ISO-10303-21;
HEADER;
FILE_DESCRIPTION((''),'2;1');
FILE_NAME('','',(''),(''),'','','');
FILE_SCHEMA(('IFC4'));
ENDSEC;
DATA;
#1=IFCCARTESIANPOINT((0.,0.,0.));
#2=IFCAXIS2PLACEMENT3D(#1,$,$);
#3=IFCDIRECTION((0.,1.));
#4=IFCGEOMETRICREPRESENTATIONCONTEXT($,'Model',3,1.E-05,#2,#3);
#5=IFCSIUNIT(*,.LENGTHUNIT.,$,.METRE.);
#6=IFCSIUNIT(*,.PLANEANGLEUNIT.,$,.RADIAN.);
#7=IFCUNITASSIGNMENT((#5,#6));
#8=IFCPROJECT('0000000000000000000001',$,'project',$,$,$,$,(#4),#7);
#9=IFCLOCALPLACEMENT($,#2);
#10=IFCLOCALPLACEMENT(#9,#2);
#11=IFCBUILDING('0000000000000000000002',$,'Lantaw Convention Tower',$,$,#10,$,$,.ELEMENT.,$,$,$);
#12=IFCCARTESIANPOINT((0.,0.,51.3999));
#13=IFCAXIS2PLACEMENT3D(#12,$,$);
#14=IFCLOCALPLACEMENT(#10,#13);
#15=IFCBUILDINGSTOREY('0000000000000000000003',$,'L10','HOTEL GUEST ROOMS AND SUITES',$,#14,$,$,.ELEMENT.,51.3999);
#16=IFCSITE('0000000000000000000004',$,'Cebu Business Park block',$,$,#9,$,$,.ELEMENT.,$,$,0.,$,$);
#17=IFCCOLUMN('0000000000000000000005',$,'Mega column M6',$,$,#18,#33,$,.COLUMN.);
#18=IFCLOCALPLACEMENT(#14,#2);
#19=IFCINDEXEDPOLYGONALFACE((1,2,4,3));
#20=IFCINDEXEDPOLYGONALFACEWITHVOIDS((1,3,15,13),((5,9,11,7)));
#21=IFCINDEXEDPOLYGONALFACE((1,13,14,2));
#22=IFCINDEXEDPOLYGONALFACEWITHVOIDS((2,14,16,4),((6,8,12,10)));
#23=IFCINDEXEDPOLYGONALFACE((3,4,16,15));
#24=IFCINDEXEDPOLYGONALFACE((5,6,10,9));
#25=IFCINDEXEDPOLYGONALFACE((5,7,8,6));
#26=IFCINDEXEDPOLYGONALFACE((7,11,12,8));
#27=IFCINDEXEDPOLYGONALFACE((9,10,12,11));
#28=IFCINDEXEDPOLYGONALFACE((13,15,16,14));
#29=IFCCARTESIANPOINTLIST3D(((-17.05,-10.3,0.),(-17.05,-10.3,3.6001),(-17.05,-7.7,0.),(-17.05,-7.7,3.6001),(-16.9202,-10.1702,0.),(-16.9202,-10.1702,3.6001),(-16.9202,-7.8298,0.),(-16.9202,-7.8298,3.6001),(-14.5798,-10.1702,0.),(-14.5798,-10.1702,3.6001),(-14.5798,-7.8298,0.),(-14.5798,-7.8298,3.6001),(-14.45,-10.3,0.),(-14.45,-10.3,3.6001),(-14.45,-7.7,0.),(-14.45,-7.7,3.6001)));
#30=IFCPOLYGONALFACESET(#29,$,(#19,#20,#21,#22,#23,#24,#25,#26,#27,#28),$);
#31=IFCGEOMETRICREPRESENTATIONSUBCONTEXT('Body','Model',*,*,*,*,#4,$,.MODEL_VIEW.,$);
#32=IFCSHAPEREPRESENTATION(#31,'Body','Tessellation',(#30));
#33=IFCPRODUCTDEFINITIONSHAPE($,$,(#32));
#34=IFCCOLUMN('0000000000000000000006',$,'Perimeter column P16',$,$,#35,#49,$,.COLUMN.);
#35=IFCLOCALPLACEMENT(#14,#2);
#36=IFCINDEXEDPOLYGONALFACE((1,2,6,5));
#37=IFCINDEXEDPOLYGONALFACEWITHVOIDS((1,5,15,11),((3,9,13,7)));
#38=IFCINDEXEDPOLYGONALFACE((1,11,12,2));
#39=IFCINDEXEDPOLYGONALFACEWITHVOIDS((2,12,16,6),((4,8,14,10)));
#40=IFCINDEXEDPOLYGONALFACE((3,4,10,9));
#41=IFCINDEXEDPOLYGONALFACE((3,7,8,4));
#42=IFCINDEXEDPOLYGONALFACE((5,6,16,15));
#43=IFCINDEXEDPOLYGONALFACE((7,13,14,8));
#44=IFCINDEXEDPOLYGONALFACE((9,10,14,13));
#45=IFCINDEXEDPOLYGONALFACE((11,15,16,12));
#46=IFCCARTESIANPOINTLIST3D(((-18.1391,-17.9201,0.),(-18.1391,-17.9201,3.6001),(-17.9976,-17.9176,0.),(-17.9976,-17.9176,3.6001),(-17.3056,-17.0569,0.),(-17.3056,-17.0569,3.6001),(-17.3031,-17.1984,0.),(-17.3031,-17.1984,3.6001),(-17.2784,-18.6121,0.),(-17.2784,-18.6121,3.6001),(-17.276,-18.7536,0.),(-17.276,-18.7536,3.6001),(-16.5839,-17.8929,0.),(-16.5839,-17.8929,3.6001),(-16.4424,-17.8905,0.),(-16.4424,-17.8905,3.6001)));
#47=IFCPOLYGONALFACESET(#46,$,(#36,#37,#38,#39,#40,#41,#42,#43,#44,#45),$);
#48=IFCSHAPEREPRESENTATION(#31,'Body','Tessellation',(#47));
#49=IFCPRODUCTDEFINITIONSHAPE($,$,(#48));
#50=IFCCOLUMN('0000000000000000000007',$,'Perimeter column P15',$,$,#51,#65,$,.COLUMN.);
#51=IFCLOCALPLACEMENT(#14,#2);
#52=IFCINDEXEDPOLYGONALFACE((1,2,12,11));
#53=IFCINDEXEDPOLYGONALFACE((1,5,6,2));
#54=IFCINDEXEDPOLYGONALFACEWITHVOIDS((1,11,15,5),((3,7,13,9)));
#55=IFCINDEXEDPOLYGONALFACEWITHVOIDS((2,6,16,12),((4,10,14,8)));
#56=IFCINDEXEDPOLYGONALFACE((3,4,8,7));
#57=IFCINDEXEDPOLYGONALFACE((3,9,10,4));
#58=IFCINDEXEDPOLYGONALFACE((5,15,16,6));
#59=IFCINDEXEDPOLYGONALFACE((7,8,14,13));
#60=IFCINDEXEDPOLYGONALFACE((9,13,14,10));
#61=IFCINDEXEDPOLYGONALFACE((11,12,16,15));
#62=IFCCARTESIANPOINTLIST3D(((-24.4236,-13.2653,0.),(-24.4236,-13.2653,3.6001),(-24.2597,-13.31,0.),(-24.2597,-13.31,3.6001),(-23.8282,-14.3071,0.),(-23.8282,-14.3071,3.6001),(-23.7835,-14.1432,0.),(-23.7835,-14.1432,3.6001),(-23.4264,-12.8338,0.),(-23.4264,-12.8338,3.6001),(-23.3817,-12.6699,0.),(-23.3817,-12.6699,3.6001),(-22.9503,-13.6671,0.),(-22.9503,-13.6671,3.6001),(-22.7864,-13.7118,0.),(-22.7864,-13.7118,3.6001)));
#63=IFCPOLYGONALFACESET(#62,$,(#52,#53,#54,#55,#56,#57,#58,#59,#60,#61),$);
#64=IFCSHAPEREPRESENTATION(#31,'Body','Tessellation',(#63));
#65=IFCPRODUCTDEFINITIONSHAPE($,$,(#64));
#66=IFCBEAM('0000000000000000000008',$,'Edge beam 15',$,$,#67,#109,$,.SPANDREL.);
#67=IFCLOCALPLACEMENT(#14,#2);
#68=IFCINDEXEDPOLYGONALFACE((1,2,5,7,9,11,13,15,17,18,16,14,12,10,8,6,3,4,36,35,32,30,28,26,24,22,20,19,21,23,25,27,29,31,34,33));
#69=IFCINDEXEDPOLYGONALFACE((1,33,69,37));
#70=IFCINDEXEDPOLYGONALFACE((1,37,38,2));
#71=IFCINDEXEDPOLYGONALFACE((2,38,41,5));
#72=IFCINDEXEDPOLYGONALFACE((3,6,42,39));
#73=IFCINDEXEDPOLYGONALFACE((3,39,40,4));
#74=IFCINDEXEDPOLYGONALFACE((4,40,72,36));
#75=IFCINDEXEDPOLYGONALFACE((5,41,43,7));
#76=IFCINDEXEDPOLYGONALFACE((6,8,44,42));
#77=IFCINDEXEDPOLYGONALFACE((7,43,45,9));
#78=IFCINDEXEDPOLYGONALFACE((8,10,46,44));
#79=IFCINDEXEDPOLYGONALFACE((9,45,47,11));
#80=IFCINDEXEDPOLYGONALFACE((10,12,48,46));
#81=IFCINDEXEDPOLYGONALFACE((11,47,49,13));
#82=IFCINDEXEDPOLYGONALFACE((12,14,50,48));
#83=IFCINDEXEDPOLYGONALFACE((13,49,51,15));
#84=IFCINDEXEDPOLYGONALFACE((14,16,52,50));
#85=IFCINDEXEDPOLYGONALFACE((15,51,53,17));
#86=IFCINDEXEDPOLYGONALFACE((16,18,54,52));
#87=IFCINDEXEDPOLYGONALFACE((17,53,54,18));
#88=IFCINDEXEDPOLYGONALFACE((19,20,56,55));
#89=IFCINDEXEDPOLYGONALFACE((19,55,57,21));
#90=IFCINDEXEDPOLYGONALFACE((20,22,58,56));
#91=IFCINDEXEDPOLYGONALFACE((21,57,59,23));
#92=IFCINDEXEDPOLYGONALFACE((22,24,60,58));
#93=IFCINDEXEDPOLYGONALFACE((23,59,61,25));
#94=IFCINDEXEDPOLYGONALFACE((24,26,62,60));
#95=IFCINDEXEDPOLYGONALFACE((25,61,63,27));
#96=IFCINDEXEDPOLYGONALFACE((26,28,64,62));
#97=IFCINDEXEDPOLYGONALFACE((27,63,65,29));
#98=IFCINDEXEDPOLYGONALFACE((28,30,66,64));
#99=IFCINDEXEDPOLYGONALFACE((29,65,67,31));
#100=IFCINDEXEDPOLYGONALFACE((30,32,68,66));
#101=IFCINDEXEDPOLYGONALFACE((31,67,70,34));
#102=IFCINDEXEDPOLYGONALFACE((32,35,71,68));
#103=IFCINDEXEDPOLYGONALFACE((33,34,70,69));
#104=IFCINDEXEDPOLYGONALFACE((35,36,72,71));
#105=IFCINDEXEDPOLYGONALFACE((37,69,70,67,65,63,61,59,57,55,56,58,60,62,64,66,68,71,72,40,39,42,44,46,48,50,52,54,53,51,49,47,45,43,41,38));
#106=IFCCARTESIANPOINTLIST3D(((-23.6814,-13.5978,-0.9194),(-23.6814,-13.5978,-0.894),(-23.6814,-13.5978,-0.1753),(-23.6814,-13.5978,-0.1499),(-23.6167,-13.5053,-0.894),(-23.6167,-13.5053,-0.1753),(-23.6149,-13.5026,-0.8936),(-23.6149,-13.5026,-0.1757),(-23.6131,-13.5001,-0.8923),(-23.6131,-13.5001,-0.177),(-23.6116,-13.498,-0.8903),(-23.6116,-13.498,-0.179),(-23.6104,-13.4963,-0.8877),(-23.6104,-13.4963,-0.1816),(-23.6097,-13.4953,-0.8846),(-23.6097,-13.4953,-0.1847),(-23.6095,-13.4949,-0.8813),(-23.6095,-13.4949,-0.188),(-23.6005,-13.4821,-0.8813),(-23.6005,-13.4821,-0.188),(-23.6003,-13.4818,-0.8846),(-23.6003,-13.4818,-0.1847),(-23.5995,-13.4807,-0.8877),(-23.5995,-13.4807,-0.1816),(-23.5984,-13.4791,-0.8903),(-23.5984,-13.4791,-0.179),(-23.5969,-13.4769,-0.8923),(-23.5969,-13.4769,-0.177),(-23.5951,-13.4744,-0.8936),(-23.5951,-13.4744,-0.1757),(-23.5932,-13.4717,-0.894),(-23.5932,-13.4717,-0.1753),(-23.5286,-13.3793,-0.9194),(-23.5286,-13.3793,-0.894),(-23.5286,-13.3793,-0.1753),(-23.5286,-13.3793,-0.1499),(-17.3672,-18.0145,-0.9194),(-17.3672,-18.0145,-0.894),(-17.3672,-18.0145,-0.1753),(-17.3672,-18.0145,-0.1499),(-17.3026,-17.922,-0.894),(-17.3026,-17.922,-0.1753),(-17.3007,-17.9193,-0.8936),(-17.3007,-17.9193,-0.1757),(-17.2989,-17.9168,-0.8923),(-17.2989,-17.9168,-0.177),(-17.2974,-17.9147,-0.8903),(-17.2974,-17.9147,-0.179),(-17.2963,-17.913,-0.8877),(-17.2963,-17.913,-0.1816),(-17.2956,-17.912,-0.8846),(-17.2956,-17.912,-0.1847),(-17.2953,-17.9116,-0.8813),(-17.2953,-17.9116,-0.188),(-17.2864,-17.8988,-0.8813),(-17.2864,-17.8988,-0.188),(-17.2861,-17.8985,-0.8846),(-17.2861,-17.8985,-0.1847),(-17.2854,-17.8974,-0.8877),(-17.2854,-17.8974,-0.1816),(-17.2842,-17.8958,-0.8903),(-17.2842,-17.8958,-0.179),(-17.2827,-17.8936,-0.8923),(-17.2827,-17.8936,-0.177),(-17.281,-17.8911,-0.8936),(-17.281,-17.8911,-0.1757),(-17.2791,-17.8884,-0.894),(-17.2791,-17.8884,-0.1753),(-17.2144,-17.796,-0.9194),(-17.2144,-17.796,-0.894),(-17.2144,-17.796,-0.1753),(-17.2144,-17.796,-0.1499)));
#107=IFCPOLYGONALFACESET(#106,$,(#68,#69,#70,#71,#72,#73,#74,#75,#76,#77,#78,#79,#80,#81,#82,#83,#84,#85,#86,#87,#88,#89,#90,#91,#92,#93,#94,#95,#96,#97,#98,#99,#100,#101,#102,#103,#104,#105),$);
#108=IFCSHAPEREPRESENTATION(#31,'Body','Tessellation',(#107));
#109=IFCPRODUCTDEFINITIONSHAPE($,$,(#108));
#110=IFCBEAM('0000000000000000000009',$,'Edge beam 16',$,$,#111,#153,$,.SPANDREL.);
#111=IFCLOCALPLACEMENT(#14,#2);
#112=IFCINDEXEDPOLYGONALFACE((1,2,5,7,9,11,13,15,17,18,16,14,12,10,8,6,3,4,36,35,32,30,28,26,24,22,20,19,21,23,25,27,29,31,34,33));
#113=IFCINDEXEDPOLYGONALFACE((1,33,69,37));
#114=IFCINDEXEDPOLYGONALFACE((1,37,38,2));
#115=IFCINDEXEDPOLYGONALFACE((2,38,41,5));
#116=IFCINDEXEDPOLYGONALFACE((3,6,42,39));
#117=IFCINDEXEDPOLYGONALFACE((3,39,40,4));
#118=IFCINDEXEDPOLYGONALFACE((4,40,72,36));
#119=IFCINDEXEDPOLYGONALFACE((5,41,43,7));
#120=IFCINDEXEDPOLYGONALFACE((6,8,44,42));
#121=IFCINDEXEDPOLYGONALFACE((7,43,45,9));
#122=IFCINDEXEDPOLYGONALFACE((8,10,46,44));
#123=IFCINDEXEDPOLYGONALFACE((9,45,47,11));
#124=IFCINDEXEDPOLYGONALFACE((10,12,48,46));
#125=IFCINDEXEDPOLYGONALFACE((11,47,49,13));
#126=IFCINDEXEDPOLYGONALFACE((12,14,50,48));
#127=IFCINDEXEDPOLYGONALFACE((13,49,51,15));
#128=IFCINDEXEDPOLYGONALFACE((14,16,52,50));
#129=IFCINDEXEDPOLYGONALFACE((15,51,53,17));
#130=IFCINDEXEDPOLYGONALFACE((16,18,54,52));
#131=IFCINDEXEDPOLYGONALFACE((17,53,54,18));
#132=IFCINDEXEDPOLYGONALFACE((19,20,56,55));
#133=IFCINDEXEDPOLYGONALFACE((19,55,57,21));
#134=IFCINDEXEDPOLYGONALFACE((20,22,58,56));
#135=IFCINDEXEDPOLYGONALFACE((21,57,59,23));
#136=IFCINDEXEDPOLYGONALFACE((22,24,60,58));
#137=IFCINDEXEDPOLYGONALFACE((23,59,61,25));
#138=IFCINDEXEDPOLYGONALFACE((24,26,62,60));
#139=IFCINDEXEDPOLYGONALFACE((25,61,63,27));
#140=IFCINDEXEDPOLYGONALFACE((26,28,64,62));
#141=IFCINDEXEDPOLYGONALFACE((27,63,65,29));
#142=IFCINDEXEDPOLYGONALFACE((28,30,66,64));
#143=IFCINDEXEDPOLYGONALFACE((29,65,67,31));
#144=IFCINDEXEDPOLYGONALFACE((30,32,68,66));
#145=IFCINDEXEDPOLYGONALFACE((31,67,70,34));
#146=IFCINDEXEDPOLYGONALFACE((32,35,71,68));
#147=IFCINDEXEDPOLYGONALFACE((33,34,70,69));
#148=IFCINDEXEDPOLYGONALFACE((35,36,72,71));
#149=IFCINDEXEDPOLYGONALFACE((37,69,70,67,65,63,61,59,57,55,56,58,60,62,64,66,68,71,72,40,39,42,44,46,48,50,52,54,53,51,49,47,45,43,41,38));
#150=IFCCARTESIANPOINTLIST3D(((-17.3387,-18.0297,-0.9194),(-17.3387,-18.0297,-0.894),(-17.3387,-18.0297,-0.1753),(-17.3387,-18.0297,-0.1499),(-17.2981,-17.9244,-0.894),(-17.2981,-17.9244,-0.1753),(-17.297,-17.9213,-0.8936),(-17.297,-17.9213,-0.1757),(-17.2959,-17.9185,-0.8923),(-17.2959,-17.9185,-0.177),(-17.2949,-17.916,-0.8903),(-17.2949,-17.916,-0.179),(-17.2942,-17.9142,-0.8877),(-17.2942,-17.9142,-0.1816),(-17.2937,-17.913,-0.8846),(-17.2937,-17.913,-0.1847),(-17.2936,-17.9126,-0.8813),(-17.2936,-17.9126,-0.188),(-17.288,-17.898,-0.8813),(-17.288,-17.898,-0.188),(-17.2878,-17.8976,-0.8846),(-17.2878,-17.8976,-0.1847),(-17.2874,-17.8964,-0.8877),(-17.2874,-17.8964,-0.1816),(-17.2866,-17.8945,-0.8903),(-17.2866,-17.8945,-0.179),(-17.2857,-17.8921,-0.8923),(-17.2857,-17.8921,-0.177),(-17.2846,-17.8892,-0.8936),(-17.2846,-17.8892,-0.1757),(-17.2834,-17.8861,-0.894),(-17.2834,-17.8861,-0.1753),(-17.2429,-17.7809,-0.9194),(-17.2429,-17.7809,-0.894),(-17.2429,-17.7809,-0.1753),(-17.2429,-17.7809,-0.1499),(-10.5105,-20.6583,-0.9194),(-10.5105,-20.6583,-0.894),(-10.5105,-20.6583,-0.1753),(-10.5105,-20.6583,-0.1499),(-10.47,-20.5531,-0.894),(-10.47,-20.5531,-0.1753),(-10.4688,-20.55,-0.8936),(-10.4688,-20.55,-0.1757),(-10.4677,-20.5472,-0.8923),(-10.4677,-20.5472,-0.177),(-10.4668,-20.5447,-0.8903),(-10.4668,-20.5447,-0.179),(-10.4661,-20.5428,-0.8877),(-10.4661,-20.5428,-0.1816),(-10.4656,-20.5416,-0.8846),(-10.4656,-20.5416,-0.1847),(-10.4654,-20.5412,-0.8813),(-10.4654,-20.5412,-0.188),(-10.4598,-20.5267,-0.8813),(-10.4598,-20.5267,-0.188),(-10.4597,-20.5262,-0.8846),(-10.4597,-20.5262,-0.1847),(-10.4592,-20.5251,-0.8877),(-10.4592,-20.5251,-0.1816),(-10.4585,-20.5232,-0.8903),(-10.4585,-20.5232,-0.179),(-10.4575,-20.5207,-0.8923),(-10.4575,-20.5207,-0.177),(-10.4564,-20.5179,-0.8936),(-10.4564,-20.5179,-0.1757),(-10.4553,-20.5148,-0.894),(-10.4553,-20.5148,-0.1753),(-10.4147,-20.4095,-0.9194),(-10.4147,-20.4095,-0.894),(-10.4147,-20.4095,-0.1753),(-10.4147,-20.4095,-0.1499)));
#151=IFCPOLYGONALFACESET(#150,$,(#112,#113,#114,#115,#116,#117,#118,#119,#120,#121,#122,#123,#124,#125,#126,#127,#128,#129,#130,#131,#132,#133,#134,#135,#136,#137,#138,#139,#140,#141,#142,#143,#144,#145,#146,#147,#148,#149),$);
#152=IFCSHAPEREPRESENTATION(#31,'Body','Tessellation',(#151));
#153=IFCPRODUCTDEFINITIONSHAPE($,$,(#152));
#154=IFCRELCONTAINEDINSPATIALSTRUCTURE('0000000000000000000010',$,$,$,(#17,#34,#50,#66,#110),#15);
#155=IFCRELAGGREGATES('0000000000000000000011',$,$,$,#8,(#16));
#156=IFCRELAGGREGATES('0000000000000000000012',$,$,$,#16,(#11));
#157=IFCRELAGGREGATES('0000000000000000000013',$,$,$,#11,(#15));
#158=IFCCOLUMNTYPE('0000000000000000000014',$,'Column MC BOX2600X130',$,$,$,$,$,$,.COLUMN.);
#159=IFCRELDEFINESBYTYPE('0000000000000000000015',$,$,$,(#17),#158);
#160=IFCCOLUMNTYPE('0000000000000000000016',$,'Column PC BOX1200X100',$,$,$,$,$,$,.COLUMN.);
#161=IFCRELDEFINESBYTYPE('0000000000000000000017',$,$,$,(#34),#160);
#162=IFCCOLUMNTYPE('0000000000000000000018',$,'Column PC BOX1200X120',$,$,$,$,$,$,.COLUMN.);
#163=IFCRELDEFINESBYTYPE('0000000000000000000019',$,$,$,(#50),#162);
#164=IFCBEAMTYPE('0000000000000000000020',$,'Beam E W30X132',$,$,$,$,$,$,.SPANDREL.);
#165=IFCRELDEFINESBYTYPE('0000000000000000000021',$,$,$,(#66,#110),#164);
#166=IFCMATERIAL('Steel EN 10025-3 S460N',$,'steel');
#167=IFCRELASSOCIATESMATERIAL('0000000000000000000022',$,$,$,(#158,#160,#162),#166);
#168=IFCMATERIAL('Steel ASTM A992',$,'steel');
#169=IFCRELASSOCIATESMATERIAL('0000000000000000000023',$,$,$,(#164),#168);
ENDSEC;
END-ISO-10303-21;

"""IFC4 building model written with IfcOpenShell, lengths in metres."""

from ifc_helpers import new_model, si_unit, direction, frame, origin, origin_2d, place, context, subcontext, project, spatial, rectangle, hollow_rectangle, i_section, extrude, material, material_profile, profile_set, type_object, element, save


model = new_model("IFC4")

# Units and contexts
model_context = context("Model", 3, precision=1e-05, world=origin(), true_north=direction((0.0, 1.0)))
body_context = subcontext(model_context, "Body", "Model", "MODEL_VIEW")
ifc_project = project(units=[si_unit("LENGTHUNIT", "METRE"), si_unit("PLANEANGLEUNIT", "RADIAN")], contexts=[model_context])

# Site, building, storey
site_placement = place(None, origin())
site = spatial("IfcSite", under=ifc_project, at=site_placement, Name="Cebu Business Park block", CompositionType="ELEMENT", RefElevation=0.0)
building_placement = place(site_placement, origin())
building = spatial("IfcBuilding", under=site, at=building_placement, Name="Lantaw Convention Tower", CompositionType="ELEMENT")
storey_placement = place(building_placement, frame((0.0, 0.0, 51.3999)))
storey = spatial("IfcBuildingStorey", under=building, at=storey_placement, Name="L10", Description="HOTEL GUEST ROOMS AND SUITES", CompositionType="ELEMENT", Elevation=51.3999)

# Columns
ifc_material_1 = material(Name="Steel EN 10025-3 S460N", Category="steel")
ifc_material_profile_1 = material_profile(ifc_material_1, hollow_rectangle(XDim=2.6001, YDim=2.6001, WallThickness=0.1299, at=origin_2d()), Name="BOX2600X130")
ifc_material_2 = material(Name="Concrete C60/75", Category="concrete")
ifc_material_profile_2 = material_profile(ifc_material_2, rectangle(XDim=2.3401, YDim=2.3401, at=origin_2d()), Name="Concrete fill of BOX2600X130")
ifc_profile_set_1 = profile_set([ifc_material_profile_1, ifc_material_profile_2], Name="Steel EN 10025-3 S460N")
column_type_1 = type_object("IfcColumnType", Name="Column MC BOX2600X130", PredefinedType="COLUMN", material=ifc_profile_set_1)
column_1_placement = place(storey_placement, frame((-15.75, -9.0, 0.0), z_axis=(0.0, 0.0, 1.0), x_axis=(1.0, 0.0, 0.0)))
element("IfcColumn", 1, at=column_1_placement, inside=storey, type_object=column_type_1, Name="Mega column M6", PredefinedType="COLUMN", context=body_context, shape_type="SweptSolid", body=[
    extrude(hollow_rectangle(XDim=2.6001, YDim=2.6001, WallThickness=0.1299, at=origin_2d()), origin(), (0.0, 0.0, 1.0), 3.6001),
])
ifc_material_profile_3 = material_profile(ifc_material_1, hollow_rectangle(XDim=1.2, YDim=1.2, WallThickness=0.1001, at=origin_2d()), Name="BOX1200X100")
ifc_material_profile_4 = material_profile(ifc_material_2, rectangle(XDim=1.0, YDim=1.0, at=origin_2d()), Name="Concrete fill of BOX1200X100")
ifc_profile_set_2 = profile_set([ifc_material_profile_3, ifc_material_profile_4], Name="Steel EN 10025-3 S460N")
column_type_2 = type_object("IfcColumnType", Name="Column PC BOX1200X100", PredefinedType="COLUMN", material=ifc_profile_set_2)
column_2_placement = place(storey_placement, frame((-17.2908, -17.9053, 0.0), z_axis=(0.0, 0.0, 1.0), x_axis=(0.694658, 0.71934, 0.0)))
element("IfcColumn", 2, at=column_2_placement, inside=storey, type_object=column_type_2, Name="Perimeter column P16", PredefinedType="COLUMN", context=body_context, shape_type="SweptSolid", body=[
    extrude(hollow_rectangle(XDim=1.2, YDim=1.2, WallThickness=0.1001, at=origin_2d()), origin(), (0.0, 0.0, 1.0), 3.6001),
])
ifc_material_profile_5 = material_profile(ifc_material_1, hollow_rectangle(XDim=1.2, YDim=1.2, WallThickness=0.1201, at=origin_2d()), Name="BOX1200X120")
ifc_material_profile_6 = material_profile(ifc_material_2, rectangle(XDim=0.96, YDim=0.96, at=origin_2d()), Name="Concrete fill of BOX1200X120")
ifc_profile_set_3 = profile_set([ifc_material_profile_5, ifc_material_profile_6], Name="Steel EN 10025-3 S460N")
column_type_3 = type_object("IfcColumnType", Name="Column PC BOX1200X120", PredefinedType="COLUMN", material=ifc_profile_set_3)
column_3_placement = place(storey_placement, frame((-23.605, -13.4885, 0.0), z_axis=(0.0, 0.0, 1.0), x_axis=(0.868243, 0.496139, 0.0)))
element("IfcColumn", 3, at=column_3_placement, inside=storey, type_object=column_type_3, Name="Perimeter column P15", PredefinedType="COLUMN", context=body_context, shape_type="SweptSolid", body=[
    extrude(hollow_rectangle(XDim=1.2, YDim=1.2, WallThickness=0.1201, at=origin_2d()), origin(), (0.0, 0.0, 1.0), 3.6001),
])

# Beams
ifc_material_3 = material(Name="Steel ASTM A992", Category="steel")
ifc_material_profile_7 = material_profile(ifc_material_3, i_section(OverallWidth=0.2666, OverallDepth=0.7695, WebThickness=0.0156, FlangeThickness=0.0254, FilletRadius=0.0127, at=origin_2d()), Name="W30X132")
ifc_profile_set_4 = profile_set([ifc_material_profile_7], Name="Steel ASTM A992")
beam_type_1 = type_object("IfcBeamType", Name="Beam E W30X132", PredefinedType="SPANDREL", material=ifc_profile_set_4)
beam_1_placement = place(storey_placement, frame((-23.605, -13.4885, -0.5347), z_axis=(0.819427, -0.573184, 0.0), x_axis=(0.573184, 0.819427, 0.0)))
element("IfcBeam", 4, at=beam_1_placement, inside=storey, type_object=beam_type_1, Name="Edge beam 15", PredefinedType="SPANDREL", context=body_context, shape_type="SweptSolid", body=[
    extrude(i_section(OverallWidth=0.2666, OverallDepth=0.7695, WebThickness=0.0156, FlangeThickness=0.0254, FilletRadius=0.0127, at=origin_2d()), origin(), (0.0, 0.0, 1.0), 7.7056),
])
beam_2_placement = place(storey_placement, frame((-17.2908, -17.9053, -0.5347), z_axis=(0.933233, -0.359272, 0.0), x_axis=(0.359272, 0.933233, 0.0)))
element("IfcBeam", 5, at=beam_2_placement, inside=storey, type_object=beam_type_1, Name="Edge beam 16", PredefinedType="SPANDREL", context=body_context, shape_type="SweptSolid", body=[
    extrude(i_section(OverallWidth=0.2666, OverallDepth=0.7695, WebThickness=0.0156, FlangeThickness=0.0254, FilletRadius=0.0127, at=origin_2d()), origin(), (0.0, 0.0, 1.0), 7.3167),
])

save(model, "model.ifc")
